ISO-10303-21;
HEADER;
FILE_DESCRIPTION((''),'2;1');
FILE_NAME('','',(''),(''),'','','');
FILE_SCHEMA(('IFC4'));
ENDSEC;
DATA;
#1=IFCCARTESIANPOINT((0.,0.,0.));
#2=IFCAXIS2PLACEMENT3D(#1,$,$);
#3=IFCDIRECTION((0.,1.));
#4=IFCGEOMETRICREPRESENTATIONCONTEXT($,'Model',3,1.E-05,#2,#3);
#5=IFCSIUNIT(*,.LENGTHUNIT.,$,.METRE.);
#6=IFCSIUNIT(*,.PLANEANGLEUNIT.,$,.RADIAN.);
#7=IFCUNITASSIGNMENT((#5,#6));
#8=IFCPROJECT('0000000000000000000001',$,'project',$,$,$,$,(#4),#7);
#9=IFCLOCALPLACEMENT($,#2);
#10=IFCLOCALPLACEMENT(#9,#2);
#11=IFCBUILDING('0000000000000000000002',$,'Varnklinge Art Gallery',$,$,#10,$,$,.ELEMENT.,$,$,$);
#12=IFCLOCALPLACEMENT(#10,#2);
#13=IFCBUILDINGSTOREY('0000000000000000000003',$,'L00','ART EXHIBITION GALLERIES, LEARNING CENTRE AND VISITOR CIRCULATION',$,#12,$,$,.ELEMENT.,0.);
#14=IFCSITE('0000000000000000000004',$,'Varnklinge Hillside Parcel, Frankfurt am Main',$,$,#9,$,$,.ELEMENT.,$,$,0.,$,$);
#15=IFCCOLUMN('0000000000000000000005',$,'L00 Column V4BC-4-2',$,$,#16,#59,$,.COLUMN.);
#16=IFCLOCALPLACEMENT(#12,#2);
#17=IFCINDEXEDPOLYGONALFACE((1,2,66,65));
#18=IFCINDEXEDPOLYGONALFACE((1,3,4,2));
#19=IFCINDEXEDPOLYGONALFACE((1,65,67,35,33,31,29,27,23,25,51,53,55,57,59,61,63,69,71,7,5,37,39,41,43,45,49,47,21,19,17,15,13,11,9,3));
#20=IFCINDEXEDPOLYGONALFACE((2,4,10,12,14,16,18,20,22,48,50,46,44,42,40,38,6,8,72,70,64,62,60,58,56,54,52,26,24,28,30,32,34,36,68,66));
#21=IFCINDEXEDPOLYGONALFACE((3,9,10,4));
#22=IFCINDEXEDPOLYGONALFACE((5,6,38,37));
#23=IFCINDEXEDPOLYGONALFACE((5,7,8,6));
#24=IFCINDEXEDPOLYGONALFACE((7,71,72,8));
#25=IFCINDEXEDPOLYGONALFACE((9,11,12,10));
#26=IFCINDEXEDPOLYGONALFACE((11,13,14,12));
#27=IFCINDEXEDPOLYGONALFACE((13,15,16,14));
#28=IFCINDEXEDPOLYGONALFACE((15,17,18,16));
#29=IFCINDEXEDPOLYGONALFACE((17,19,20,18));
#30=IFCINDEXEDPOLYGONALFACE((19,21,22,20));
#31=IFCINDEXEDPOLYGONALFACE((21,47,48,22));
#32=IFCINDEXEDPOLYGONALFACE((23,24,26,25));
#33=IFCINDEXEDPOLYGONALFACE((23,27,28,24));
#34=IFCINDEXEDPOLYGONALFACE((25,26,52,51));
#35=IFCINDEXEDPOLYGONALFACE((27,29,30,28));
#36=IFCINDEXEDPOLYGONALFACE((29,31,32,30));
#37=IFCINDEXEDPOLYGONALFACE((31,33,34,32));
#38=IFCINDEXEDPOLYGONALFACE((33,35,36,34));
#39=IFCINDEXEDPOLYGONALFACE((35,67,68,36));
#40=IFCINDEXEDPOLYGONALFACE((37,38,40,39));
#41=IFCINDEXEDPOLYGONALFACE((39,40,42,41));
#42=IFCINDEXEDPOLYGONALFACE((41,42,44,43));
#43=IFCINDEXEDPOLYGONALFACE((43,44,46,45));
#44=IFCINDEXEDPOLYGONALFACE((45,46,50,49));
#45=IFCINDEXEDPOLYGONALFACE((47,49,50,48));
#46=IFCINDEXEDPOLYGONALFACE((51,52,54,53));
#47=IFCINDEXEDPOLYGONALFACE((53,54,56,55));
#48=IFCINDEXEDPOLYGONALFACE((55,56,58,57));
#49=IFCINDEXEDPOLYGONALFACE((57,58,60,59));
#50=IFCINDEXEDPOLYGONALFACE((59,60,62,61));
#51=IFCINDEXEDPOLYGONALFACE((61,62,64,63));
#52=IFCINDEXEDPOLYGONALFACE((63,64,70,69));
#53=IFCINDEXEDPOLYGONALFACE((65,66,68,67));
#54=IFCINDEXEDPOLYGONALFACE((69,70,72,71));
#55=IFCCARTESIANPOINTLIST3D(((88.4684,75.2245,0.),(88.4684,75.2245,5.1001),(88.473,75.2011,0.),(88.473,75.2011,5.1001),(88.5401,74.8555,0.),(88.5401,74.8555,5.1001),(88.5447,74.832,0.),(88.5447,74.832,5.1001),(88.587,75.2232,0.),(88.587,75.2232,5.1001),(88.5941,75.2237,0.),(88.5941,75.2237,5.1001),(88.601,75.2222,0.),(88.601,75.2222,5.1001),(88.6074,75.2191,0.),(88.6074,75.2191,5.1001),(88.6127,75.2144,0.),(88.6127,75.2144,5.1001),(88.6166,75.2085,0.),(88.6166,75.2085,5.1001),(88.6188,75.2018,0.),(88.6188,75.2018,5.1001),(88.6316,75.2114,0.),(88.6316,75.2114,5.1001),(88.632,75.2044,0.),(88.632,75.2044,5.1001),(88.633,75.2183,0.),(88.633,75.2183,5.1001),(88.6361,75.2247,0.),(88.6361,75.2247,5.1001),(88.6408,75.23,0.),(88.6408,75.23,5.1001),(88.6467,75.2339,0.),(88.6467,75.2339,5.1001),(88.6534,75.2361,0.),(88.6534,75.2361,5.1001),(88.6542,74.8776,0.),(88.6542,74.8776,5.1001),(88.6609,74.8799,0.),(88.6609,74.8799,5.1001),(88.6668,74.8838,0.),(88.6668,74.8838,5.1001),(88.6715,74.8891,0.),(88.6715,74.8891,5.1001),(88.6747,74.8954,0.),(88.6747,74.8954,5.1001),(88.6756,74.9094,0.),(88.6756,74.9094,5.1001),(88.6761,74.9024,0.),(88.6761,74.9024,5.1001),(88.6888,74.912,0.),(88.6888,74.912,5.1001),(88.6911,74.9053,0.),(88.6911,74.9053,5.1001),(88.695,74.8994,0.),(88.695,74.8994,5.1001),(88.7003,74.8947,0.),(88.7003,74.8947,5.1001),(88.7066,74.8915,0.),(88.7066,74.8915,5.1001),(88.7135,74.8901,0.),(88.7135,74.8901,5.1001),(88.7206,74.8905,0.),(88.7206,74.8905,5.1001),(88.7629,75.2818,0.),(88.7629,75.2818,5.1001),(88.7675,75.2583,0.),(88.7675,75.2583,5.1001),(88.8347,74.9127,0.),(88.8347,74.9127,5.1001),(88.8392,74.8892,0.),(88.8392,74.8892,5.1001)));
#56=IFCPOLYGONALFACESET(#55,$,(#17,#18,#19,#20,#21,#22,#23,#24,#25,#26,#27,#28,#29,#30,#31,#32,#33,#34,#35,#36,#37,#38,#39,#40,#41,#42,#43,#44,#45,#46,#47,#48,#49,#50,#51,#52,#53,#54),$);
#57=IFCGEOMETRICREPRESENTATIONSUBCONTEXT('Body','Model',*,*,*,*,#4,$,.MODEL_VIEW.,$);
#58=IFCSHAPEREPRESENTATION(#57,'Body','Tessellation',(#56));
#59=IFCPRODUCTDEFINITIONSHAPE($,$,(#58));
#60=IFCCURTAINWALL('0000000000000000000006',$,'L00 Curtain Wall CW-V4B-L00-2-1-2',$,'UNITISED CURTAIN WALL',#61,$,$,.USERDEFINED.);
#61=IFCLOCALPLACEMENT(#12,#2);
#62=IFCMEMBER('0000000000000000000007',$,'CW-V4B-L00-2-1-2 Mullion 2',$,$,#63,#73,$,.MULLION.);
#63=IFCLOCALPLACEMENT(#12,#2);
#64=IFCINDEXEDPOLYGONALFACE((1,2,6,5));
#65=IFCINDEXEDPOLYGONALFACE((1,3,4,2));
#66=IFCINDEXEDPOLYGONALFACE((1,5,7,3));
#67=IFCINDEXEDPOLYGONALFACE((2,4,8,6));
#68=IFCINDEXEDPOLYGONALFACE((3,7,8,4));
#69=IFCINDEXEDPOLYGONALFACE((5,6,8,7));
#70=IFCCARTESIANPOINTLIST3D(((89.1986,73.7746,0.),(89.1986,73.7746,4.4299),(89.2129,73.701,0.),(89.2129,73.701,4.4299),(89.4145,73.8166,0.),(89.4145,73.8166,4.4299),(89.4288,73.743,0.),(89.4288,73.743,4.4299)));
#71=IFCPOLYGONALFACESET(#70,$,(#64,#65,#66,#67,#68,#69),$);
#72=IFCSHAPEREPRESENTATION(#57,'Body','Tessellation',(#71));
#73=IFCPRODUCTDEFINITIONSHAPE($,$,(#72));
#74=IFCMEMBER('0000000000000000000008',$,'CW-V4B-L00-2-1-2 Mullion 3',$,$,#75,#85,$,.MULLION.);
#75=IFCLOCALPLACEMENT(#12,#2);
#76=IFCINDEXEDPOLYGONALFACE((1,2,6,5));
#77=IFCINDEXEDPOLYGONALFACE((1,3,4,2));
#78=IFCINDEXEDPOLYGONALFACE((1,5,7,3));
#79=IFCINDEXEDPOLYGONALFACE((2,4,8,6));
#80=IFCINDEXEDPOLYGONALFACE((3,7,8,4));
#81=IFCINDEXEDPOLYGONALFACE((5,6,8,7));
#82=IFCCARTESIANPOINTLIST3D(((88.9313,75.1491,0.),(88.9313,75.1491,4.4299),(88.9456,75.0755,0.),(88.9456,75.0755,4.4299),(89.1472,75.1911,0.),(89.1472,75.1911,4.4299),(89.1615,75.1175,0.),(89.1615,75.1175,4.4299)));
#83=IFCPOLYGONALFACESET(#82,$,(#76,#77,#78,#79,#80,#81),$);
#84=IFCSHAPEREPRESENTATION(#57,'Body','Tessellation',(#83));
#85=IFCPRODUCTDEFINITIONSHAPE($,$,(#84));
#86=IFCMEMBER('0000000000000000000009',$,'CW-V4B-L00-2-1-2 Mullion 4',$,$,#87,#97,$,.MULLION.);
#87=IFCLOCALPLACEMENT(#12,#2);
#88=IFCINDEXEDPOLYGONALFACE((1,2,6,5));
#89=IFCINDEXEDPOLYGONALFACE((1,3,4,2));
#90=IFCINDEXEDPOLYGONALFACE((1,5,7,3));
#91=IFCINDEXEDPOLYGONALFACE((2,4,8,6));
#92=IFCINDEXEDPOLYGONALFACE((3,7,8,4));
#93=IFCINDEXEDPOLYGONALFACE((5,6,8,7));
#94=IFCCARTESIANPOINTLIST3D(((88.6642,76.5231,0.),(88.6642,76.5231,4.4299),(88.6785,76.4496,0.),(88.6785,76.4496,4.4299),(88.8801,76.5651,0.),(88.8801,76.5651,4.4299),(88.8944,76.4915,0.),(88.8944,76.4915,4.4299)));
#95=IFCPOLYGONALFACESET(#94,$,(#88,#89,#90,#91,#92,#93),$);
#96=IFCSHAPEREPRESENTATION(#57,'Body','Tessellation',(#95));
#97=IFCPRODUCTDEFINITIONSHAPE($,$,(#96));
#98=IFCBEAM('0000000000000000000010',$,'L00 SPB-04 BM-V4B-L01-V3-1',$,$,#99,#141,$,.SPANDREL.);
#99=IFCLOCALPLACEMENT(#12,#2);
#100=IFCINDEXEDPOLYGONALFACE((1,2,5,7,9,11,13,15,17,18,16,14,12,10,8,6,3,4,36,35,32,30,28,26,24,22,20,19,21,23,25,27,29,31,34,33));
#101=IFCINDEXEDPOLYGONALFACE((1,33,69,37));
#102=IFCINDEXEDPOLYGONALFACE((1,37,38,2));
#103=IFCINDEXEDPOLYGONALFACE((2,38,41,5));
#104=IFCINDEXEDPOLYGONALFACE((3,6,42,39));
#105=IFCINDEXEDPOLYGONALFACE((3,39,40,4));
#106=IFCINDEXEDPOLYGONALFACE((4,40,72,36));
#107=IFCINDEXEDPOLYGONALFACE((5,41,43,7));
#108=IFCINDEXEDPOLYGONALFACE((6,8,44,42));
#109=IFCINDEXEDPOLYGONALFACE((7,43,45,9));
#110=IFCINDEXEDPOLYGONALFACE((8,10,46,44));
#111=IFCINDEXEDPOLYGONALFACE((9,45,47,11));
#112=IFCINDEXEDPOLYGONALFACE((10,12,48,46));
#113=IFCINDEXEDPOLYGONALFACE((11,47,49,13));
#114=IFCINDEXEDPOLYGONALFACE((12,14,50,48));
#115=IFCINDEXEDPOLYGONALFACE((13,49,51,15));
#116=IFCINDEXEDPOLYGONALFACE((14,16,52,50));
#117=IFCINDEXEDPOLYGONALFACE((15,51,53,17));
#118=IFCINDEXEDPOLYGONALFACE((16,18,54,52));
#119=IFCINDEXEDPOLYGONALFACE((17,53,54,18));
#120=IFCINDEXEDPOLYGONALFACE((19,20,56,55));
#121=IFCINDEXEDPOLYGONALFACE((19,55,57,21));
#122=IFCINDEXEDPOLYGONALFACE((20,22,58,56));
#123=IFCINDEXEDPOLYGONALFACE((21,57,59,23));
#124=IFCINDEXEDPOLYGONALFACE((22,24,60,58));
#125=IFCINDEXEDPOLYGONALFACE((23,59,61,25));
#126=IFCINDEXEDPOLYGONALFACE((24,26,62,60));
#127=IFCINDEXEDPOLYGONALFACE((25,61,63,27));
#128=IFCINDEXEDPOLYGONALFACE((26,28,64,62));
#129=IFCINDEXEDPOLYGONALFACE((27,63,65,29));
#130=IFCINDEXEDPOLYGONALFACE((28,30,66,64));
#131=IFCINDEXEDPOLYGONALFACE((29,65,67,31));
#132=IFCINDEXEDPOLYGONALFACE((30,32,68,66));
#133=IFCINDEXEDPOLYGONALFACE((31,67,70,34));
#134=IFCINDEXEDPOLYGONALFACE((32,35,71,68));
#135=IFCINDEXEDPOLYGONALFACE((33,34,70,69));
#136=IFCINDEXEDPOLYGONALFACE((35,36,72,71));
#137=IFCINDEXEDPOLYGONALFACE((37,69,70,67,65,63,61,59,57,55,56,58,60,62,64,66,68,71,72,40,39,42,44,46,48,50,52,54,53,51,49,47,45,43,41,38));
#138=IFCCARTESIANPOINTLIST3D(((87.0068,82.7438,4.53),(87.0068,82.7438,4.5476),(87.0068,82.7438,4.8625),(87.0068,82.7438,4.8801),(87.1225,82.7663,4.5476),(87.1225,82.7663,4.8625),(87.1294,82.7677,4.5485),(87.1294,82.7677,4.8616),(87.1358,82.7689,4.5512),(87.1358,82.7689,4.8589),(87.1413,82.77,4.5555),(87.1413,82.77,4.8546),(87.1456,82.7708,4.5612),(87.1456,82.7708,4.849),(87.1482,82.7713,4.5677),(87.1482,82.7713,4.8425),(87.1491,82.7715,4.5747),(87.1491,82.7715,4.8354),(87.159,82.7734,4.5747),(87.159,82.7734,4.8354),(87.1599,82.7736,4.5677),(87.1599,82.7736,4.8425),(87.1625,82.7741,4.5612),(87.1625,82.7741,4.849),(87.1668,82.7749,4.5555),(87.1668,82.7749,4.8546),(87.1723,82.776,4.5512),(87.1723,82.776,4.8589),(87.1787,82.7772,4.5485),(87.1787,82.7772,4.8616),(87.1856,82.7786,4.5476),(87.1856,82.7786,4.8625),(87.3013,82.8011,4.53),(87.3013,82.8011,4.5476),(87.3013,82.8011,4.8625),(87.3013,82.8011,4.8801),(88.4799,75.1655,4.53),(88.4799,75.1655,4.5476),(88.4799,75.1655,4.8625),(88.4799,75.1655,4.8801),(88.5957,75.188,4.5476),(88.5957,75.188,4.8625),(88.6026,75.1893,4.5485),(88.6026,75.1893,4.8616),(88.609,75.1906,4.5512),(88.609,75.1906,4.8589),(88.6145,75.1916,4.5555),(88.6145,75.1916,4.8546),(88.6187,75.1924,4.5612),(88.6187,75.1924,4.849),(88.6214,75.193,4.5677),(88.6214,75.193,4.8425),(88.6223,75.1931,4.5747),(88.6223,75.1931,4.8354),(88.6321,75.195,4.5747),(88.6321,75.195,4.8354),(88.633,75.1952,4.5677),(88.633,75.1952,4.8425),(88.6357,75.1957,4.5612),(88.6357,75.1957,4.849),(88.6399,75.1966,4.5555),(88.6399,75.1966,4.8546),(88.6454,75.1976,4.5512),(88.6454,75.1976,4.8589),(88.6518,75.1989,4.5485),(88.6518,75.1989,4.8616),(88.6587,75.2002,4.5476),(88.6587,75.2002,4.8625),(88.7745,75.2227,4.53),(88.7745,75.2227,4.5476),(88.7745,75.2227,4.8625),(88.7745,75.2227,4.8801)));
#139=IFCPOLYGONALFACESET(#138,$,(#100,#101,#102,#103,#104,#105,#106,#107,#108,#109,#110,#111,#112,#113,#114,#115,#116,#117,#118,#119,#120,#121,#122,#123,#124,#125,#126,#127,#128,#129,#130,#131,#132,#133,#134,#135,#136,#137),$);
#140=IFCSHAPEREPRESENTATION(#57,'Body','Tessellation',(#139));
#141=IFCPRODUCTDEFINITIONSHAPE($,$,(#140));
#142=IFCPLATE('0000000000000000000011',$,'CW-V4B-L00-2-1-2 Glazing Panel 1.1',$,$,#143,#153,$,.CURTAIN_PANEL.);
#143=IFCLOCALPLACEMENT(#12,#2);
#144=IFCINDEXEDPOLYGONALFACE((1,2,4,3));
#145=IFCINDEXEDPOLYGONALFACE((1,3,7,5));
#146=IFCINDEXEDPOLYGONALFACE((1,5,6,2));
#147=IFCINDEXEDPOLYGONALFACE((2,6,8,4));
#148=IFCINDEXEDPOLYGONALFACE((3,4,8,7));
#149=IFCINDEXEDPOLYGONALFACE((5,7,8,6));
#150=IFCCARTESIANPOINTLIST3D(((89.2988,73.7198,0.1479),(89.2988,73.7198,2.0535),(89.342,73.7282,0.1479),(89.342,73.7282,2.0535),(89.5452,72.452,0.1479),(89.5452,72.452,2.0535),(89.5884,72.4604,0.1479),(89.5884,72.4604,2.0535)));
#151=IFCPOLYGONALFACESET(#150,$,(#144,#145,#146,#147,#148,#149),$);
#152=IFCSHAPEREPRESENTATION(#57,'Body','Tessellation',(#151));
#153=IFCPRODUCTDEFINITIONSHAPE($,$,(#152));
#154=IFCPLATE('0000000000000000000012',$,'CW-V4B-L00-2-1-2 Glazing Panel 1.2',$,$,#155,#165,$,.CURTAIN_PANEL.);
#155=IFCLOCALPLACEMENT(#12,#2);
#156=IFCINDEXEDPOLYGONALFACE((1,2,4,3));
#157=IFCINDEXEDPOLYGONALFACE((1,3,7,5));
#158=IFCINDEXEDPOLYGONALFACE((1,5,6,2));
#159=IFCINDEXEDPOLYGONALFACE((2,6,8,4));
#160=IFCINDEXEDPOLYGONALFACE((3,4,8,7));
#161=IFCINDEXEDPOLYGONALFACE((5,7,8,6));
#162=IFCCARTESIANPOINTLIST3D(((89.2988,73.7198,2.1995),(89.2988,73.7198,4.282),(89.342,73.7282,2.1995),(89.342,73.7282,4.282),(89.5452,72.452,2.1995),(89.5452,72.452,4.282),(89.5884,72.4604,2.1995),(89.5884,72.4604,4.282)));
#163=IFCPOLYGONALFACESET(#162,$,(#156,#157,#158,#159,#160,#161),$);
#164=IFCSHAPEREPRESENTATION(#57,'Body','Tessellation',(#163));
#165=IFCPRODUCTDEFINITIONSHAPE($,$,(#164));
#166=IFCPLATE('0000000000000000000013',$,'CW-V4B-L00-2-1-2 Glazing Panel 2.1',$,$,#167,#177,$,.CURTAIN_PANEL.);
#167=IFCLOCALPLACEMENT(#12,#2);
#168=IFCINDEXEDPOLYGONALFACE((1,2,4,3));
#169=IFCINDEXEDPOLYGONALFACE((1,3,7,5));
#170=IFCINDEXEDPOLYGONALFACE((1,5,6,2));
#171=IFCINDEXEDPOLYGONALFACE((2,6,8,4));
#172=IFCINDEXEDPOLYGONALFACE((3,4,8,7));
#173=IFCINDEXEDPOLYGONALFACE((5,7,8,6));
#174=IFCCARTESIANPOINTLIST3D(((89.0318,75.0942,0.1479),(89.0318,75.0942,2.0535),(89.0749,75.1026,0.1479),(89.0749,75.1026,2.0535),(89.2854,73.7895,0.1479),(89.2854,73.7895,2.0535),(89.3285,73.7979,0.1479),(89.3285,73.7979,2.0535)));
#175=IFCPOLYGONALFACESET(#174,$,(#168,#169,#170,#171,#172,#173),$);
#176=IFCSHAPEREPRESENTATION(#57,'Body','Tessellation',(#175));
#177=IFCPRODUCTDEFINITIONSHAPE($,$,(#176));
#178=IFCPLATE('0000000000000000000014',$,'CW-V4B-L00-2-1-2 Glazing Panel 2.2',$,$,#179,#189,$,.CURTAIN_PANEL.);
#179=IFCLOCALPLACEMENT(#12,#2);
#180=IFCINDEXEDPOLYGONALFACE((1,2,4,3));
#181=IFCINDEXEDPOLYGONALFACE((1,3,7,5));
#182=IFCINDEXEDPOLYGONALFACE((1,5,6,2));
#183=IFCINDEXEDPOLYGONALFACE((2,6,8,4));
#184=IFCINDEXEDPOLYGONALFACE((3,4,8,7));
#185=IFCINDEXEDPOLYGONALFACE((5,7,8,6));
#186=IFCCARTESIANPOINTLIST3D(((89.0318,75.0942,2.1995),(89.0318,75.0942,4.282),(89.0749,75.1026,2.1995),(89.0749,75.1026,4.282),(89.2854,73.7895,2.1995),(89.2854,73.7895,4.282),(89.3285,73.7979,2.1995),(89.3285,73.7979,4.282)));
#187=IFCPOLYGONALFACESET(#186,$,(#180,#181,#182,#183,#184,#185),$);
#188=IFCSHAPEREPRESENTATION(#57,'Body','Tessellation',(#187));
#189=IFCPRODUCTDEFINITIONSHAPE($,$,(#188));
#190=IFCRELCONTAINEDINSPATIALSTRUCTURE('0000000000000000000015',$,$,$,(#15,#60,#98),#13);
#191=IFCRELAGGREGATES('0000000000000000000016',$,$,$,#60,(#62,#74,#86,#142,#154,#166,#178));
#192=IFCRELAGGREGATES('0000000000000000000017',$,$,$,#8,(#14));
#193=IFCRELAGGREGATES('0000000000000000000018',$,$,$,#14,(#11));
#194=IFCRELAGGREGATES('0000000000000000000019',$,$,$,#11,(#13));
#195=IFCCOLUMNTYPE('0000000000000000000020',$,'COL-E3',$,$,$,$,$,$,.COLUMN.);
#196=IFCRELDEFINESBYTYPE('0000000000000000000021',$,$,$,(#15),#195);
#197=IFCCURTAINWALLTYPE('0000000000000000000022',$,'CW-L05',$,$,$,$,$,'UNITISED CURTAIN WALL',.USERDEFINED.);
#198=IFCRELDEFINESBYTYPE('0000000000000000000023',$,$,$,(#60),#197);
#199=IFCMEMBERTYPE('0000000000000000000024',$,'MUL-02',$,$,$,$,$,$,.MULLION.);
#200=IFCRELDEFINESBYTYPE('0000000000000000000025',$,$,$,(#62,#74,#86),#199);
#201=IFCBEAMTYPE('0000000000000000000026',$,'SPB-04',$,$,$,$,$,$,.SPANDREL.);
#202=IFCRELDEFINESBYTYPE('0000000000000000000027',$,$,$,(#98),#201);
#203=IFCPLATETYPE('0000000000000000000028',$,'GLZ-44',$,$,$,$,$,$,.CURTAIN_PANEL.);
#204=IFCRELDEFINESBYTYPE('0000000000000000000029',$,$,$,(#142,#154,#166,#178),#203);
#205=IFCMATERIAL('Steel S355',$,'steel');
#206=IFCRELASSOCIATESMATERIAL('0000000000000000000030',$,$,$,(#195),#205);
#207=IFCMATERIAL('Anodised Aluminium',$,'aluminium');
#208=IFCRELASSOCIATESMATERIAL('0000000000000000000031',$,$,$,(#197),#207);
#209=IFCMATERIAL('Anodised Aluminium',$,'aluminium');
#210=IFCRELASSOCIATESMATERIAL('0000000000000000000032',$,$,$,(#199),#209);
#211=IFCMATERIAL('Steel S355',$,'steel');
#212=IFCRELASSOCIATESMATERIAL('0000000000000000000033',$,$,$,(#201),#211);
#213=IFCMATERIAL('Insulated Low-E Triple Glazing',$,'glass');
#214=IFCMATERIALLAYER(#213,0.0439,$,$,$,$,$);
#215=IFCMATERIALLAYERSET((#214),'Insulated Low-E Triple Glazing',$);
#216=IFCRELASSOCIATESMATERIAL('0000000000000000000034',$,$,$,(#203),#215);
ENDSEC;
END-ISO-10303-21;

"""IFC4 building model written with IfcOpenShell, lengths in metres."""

from ifc_helpers import new_model, si_unit, direction, frame, origin, origin_2d, place, context, subcontext, project, spatial, rectangle, i_section, extrude, material, layer, layer_set, material_profile, profile_set, type_object, element, aggregate, save


model = new_model("IFC4")

# Units and contexts
model_context = context("Model", 3, precision=1e-05, world=origin(), true_north=direction((0.0, 1.0)))
body_context = subcontext(model_context, "Body", "Model", "MODEL_VIEW")
ifc_project = project(units=[si_unit("LENGTHUNIT", "METRE"), si_unit("PLANEANGLEUNIT", "RADIAN")], contexts=[model_context])

# Site, building, storey
site_placement = place(None, origin())
site = spatial("IfcSite", under=ifc_project, at=site_placement, Name="Varnklinge Hillside Parcel, Frankfurt am Main", CompositionType="ELEMENT", RefElevation=0.0)
building_placement = place(site_placement, origin())
building = spatial("IfcBuilding", under=site, at=building_placement, Name="Varnklinge Art Gallery", CompositionType="ELEMENT")
storey_placement = place(building_placement, origin())
storey = spatial("IfcBuildingStorey", under=building, at=storey_placement, Name="L00", Description="ART EXHIBITION GALLERIES, LEARNING CENTRE AND VISITOR CIRCULATION", CompositionType="ELEMENT", Elevation=0.0)

# Column
ifc_material_1 = material(Name="Steel S355", Category="steel")
ifc_material_profile_1 = material_profile(ifc_material_1, i_section(OverallWidth=0.3, OverallDepth=0.3999, WebThickness=0.0134, FlangeThickness=0.0239, FilletRadius=0.0271, at=origin_2d()), Name="HEB 400")
ifc_profile_set_1 = profile_set([ifc_material_profile_1], Name="Steel S355")
column_type = type_object("IfcColumnType", Name="COL-E3", PredefinedType="COLUMN", material=ifc_profile_set_1)
column_placement = place(storey_placement, frame((88.6538, 75.0569, 0.0), z_axis=(0.0, 0.0, 1.0), x_axis=(0.981627, 0.190809, 0.0)))
element("IfcColumn", 1, at=column_placement, inside=storey, type_object=column_type, Name="L00 Column V4BC-4-2", PredefinedType="COLUMN", context=body_context, shape_type="SweptSolid", body=[
    extrude(i_section(OverallWidth=0.3, OverallDepth=0.3999, WebThickness=0.0134, FlangeThickness=0.0239, FilletRadius=0.0271, at=origin_2d()), origin(), (0.0, 0.0, 1.0), 5.1001),
])

# Curtain wall, members
ifc_material_2 = material(Name="Anodised Aluminium", Category="aluminium")
curtain_wall_type = type_object("IfcCurtainWallType", Name="CW-L05", ElementType="UNITISED CURTAIN WALL", PredefinedType="USERDEFINED", material=ifc_material_2)
curtain_wall_placement = place(storey_placement, origin())
curtain_wall = element("IfcCurtainWall", 2, at=curtain_wall_placement, inside=storey, type_object=curtain_wall_type, Name="L00 Curtain Wall CW-V4B-L00-2-1-2", ObjectType="UNITISED CURTAIN WALL", PredefinedType="USERDEFINED")
ifc_material_3 = material(Name="Anodised Aluminium", Category="aluminium")
ifc_material_profile_2 = material_profile(ifc_material_3, rectangle(XDim=0.075, YDim=0.22, at=origin_2d()), Name="ALU 75x220")
ifc_profile_set_2 = profile_set([ifc_material_profile_2], Name="Anodised Aluminium")
member_type = type_object("IfcMemberType", Name="MUL-02", PredefinedType="MULLION", material=ifc_profile_set_2)
member_1_placement = place(storey_placement, frame((89.3137, 73.7588, 0.0), z_axis=(0.0, 0.0, 1.0), x_axis=(-0.190809, 0.981627, 0.0)))
member_1 = element("IfcMember", 3, at=member_1_placement, type_object=member_type, Name="CW-V4B-L00-2-1-2 Mullion 2", PredefinedType="MULLION", context=body_context, shape_type="SweptSolid", body=[
    extrude(rectangle(XDim=0.075, YDim=0.22, at=origin_2d()), origin(), (0.0, 0.0, 1.0), 4.4299),
])
member_2_placement = place(storey_placement, frame((89.0464, 75.1333, 0.0), z_axis=(0.0, 0.0, 1.0), x_axis=(-0.190809, 0.981627, 0.0)))
member_2 = element("IfcMember", 4, at=member_2_placement, type_object=member_type, Name="CW-V4B-L00-2-1-2 Mullion 3", PredefinedType="MULLION", context=body_context, shape_type="SweptSolid", body=[
    extrude(rectangle(XDim=0.075, YDim=0.22, at=origin_2d()), origin(), (0.0, 0.0, 1.0), 4.4299),
])
member_3_placement = place(storey_placement, frame((88.7793, 76.5073, 0.0), z_axis=(0.0, 0.0, 1.0), x_axis=(-0.190809, 0.981627, 0.0)))
member_3 = element("IfcMember", 5, at=member_3_placement, type_object=member_type, Name="CW-V4B-L00-2-1-2 Mullion 4", PredefinedType="MULLION", context=body_context, shape_type="SweptSolid", body=[
    extrude(rectangle(XDim=0.075, YDim=0.22, at=origin_2d()), origin(), (0.0, 0.0, 1.0), 4.4299),
])

# Beam
ifc_material_4 = material(Name="Steel S355", Category="steel")
ifc_material_profile_3 = material_profile(ifc_material_4, i_section(OverallWidth=0.3, OverallDepth=0.3501, WebThickness=0.01, FlangeThickness=0.0176, FilletRadius=0.0271, at=origin_2d()), Name="HEA 360")
ifc_profile_set_3 = profile_set([ifc_material_profile_3], Name="Steel S355")
beam_type = type_object("IfcBeamType", Name="SPB-04", PredefinedType="SPANDREL", material=ifc_profile_set_3)
beam_placement = place(storey_placement, frame((88.6272, 75.1941, 4.7051), z_axis=(-0.190816, 0.981626, 0.0), x_axis=(-0.981626, -0.190816, 0.0)))
element("IfcBeam", 6, at=beam_placement, inside=storey, type_object=beam_type, Name="L00 SPB-04 BM-V4B-L01-V3-1", PredefinedType="SPANDREL", context=body_context, shape_type="SweptSolid", body=[
    extrude(i_section(OverallWidth=0.3, OverallDepth=0.3501, WebThickness=0.01, FlangeThickness=0.0176, FilletRadius=0.0271, at=origin_2d()), origin(), (0.0, 0.0, 1.0), 7.7202),
])

# Plates
ifc_material_5 = material(Name="Insulated Low-E Triple Glazing", Category="glass")
ifc_layer_1 = layer(ifc_material_5, 0.0439)
ifc_layer_set_1 = layer_set([ifc_layer_1], Name="Insulated Low-E Triple Glazing")
plate_type = type_object("IfcPlateType", Name="GLZ-44", PredefinedType="CURTAIN_PANEL", material=ifc_layer_set_1)
plate_1_placement = place(storey_placement, frame((89.4436, 73.0901, 0.1479), z_axis=(0.0, 0.0, 1.0), x_axis=(-0.190809, 0.981627, 0.0)))
plate_1 = element("IfcPlate", 7, at=plate_1_placement, type_object=plate_type, Name="CW-V4B-L00-2-1-2 Glazing Panel 1.1", PredefinedType="CURTAIN_PANEL", context=body_context, shape_type="SweptSolid", body=[
    extrude(rectangle(XDim=1.2915, YDim=0.0439, at=origin_2d()), origin(), (0.0, 0.0, 1.0), 1.9055),
])
plate_2_placement = place(storey_placement, frame((89.4436, 73.0901, 2.1995), z_axis=(0.0, 0.0, 1.0), x_axis=(-0.190809, 0.981627, 0.0)))
plate_2 = element("IfcPlate", 8, at=plate_2_placement, type_object=plate_type, Name="CW-V4B-L00-2-1-2 Glazing Panel 1.2", PredefinedType="CURTAIN_PANEL", context=body_context, shape_type="SweptSolid", body=[
    extrude(rectangle(XDim=1.2915, YDim=0.0439, at=origin_2d()), origin(), (0.0, 0.0, 1.0), 2.0825),
])
plate_3_placement = place(storey_placement, frame((89.1802, 74.446, 0.1479), z_axis=(0.0, 0.0, 1.0), x_axis=(-0.190809, 0.981627, 0.0)))
plate_3 = element("IfcPlate", 9, at=plate_3_placement, type_object=plate_type, Name="CW-V4B-L00-2-1-2 Glazing Panel 2.1", PredefinedType="CURTAIN_PANEL", context=body_context, shape_type="SweptSolid", body=[
    extrude(rectangle(XDim=1.3291, YDim=0.0439, at=origin_2d()), origin(), (0.0, 0.0, 1.0), 1.9055),
])
plate_4_placement = place(storey_placement, frame((89.1802, 74.446, 2.1995), z_axis=(0.0, 0.0, 1.0), x_axis=(-0.190809, 0.981627, 0.0)))
plate_4 = element("IfcPlate", 10, at=plate_4_placement, type_object=plate_type, Name="CW-V4B-L00-2-1-2 Glazing Panel 2.2", PredefinedType="CURTAIN_PANEL", context=body_context, shape_type="SweptSolid", body=[
    extrude(rectangle(XDim=1.3291, YDim=0.0439, at=origin_2d()), origin(), (0.0, 0.0, 1.0), 2.0825),
])
aggregate(curtain_wall, [member_1, member_2, member_3, plate_1, plate_2, plate_3, plate_4])

save(model, "model.ifc")
